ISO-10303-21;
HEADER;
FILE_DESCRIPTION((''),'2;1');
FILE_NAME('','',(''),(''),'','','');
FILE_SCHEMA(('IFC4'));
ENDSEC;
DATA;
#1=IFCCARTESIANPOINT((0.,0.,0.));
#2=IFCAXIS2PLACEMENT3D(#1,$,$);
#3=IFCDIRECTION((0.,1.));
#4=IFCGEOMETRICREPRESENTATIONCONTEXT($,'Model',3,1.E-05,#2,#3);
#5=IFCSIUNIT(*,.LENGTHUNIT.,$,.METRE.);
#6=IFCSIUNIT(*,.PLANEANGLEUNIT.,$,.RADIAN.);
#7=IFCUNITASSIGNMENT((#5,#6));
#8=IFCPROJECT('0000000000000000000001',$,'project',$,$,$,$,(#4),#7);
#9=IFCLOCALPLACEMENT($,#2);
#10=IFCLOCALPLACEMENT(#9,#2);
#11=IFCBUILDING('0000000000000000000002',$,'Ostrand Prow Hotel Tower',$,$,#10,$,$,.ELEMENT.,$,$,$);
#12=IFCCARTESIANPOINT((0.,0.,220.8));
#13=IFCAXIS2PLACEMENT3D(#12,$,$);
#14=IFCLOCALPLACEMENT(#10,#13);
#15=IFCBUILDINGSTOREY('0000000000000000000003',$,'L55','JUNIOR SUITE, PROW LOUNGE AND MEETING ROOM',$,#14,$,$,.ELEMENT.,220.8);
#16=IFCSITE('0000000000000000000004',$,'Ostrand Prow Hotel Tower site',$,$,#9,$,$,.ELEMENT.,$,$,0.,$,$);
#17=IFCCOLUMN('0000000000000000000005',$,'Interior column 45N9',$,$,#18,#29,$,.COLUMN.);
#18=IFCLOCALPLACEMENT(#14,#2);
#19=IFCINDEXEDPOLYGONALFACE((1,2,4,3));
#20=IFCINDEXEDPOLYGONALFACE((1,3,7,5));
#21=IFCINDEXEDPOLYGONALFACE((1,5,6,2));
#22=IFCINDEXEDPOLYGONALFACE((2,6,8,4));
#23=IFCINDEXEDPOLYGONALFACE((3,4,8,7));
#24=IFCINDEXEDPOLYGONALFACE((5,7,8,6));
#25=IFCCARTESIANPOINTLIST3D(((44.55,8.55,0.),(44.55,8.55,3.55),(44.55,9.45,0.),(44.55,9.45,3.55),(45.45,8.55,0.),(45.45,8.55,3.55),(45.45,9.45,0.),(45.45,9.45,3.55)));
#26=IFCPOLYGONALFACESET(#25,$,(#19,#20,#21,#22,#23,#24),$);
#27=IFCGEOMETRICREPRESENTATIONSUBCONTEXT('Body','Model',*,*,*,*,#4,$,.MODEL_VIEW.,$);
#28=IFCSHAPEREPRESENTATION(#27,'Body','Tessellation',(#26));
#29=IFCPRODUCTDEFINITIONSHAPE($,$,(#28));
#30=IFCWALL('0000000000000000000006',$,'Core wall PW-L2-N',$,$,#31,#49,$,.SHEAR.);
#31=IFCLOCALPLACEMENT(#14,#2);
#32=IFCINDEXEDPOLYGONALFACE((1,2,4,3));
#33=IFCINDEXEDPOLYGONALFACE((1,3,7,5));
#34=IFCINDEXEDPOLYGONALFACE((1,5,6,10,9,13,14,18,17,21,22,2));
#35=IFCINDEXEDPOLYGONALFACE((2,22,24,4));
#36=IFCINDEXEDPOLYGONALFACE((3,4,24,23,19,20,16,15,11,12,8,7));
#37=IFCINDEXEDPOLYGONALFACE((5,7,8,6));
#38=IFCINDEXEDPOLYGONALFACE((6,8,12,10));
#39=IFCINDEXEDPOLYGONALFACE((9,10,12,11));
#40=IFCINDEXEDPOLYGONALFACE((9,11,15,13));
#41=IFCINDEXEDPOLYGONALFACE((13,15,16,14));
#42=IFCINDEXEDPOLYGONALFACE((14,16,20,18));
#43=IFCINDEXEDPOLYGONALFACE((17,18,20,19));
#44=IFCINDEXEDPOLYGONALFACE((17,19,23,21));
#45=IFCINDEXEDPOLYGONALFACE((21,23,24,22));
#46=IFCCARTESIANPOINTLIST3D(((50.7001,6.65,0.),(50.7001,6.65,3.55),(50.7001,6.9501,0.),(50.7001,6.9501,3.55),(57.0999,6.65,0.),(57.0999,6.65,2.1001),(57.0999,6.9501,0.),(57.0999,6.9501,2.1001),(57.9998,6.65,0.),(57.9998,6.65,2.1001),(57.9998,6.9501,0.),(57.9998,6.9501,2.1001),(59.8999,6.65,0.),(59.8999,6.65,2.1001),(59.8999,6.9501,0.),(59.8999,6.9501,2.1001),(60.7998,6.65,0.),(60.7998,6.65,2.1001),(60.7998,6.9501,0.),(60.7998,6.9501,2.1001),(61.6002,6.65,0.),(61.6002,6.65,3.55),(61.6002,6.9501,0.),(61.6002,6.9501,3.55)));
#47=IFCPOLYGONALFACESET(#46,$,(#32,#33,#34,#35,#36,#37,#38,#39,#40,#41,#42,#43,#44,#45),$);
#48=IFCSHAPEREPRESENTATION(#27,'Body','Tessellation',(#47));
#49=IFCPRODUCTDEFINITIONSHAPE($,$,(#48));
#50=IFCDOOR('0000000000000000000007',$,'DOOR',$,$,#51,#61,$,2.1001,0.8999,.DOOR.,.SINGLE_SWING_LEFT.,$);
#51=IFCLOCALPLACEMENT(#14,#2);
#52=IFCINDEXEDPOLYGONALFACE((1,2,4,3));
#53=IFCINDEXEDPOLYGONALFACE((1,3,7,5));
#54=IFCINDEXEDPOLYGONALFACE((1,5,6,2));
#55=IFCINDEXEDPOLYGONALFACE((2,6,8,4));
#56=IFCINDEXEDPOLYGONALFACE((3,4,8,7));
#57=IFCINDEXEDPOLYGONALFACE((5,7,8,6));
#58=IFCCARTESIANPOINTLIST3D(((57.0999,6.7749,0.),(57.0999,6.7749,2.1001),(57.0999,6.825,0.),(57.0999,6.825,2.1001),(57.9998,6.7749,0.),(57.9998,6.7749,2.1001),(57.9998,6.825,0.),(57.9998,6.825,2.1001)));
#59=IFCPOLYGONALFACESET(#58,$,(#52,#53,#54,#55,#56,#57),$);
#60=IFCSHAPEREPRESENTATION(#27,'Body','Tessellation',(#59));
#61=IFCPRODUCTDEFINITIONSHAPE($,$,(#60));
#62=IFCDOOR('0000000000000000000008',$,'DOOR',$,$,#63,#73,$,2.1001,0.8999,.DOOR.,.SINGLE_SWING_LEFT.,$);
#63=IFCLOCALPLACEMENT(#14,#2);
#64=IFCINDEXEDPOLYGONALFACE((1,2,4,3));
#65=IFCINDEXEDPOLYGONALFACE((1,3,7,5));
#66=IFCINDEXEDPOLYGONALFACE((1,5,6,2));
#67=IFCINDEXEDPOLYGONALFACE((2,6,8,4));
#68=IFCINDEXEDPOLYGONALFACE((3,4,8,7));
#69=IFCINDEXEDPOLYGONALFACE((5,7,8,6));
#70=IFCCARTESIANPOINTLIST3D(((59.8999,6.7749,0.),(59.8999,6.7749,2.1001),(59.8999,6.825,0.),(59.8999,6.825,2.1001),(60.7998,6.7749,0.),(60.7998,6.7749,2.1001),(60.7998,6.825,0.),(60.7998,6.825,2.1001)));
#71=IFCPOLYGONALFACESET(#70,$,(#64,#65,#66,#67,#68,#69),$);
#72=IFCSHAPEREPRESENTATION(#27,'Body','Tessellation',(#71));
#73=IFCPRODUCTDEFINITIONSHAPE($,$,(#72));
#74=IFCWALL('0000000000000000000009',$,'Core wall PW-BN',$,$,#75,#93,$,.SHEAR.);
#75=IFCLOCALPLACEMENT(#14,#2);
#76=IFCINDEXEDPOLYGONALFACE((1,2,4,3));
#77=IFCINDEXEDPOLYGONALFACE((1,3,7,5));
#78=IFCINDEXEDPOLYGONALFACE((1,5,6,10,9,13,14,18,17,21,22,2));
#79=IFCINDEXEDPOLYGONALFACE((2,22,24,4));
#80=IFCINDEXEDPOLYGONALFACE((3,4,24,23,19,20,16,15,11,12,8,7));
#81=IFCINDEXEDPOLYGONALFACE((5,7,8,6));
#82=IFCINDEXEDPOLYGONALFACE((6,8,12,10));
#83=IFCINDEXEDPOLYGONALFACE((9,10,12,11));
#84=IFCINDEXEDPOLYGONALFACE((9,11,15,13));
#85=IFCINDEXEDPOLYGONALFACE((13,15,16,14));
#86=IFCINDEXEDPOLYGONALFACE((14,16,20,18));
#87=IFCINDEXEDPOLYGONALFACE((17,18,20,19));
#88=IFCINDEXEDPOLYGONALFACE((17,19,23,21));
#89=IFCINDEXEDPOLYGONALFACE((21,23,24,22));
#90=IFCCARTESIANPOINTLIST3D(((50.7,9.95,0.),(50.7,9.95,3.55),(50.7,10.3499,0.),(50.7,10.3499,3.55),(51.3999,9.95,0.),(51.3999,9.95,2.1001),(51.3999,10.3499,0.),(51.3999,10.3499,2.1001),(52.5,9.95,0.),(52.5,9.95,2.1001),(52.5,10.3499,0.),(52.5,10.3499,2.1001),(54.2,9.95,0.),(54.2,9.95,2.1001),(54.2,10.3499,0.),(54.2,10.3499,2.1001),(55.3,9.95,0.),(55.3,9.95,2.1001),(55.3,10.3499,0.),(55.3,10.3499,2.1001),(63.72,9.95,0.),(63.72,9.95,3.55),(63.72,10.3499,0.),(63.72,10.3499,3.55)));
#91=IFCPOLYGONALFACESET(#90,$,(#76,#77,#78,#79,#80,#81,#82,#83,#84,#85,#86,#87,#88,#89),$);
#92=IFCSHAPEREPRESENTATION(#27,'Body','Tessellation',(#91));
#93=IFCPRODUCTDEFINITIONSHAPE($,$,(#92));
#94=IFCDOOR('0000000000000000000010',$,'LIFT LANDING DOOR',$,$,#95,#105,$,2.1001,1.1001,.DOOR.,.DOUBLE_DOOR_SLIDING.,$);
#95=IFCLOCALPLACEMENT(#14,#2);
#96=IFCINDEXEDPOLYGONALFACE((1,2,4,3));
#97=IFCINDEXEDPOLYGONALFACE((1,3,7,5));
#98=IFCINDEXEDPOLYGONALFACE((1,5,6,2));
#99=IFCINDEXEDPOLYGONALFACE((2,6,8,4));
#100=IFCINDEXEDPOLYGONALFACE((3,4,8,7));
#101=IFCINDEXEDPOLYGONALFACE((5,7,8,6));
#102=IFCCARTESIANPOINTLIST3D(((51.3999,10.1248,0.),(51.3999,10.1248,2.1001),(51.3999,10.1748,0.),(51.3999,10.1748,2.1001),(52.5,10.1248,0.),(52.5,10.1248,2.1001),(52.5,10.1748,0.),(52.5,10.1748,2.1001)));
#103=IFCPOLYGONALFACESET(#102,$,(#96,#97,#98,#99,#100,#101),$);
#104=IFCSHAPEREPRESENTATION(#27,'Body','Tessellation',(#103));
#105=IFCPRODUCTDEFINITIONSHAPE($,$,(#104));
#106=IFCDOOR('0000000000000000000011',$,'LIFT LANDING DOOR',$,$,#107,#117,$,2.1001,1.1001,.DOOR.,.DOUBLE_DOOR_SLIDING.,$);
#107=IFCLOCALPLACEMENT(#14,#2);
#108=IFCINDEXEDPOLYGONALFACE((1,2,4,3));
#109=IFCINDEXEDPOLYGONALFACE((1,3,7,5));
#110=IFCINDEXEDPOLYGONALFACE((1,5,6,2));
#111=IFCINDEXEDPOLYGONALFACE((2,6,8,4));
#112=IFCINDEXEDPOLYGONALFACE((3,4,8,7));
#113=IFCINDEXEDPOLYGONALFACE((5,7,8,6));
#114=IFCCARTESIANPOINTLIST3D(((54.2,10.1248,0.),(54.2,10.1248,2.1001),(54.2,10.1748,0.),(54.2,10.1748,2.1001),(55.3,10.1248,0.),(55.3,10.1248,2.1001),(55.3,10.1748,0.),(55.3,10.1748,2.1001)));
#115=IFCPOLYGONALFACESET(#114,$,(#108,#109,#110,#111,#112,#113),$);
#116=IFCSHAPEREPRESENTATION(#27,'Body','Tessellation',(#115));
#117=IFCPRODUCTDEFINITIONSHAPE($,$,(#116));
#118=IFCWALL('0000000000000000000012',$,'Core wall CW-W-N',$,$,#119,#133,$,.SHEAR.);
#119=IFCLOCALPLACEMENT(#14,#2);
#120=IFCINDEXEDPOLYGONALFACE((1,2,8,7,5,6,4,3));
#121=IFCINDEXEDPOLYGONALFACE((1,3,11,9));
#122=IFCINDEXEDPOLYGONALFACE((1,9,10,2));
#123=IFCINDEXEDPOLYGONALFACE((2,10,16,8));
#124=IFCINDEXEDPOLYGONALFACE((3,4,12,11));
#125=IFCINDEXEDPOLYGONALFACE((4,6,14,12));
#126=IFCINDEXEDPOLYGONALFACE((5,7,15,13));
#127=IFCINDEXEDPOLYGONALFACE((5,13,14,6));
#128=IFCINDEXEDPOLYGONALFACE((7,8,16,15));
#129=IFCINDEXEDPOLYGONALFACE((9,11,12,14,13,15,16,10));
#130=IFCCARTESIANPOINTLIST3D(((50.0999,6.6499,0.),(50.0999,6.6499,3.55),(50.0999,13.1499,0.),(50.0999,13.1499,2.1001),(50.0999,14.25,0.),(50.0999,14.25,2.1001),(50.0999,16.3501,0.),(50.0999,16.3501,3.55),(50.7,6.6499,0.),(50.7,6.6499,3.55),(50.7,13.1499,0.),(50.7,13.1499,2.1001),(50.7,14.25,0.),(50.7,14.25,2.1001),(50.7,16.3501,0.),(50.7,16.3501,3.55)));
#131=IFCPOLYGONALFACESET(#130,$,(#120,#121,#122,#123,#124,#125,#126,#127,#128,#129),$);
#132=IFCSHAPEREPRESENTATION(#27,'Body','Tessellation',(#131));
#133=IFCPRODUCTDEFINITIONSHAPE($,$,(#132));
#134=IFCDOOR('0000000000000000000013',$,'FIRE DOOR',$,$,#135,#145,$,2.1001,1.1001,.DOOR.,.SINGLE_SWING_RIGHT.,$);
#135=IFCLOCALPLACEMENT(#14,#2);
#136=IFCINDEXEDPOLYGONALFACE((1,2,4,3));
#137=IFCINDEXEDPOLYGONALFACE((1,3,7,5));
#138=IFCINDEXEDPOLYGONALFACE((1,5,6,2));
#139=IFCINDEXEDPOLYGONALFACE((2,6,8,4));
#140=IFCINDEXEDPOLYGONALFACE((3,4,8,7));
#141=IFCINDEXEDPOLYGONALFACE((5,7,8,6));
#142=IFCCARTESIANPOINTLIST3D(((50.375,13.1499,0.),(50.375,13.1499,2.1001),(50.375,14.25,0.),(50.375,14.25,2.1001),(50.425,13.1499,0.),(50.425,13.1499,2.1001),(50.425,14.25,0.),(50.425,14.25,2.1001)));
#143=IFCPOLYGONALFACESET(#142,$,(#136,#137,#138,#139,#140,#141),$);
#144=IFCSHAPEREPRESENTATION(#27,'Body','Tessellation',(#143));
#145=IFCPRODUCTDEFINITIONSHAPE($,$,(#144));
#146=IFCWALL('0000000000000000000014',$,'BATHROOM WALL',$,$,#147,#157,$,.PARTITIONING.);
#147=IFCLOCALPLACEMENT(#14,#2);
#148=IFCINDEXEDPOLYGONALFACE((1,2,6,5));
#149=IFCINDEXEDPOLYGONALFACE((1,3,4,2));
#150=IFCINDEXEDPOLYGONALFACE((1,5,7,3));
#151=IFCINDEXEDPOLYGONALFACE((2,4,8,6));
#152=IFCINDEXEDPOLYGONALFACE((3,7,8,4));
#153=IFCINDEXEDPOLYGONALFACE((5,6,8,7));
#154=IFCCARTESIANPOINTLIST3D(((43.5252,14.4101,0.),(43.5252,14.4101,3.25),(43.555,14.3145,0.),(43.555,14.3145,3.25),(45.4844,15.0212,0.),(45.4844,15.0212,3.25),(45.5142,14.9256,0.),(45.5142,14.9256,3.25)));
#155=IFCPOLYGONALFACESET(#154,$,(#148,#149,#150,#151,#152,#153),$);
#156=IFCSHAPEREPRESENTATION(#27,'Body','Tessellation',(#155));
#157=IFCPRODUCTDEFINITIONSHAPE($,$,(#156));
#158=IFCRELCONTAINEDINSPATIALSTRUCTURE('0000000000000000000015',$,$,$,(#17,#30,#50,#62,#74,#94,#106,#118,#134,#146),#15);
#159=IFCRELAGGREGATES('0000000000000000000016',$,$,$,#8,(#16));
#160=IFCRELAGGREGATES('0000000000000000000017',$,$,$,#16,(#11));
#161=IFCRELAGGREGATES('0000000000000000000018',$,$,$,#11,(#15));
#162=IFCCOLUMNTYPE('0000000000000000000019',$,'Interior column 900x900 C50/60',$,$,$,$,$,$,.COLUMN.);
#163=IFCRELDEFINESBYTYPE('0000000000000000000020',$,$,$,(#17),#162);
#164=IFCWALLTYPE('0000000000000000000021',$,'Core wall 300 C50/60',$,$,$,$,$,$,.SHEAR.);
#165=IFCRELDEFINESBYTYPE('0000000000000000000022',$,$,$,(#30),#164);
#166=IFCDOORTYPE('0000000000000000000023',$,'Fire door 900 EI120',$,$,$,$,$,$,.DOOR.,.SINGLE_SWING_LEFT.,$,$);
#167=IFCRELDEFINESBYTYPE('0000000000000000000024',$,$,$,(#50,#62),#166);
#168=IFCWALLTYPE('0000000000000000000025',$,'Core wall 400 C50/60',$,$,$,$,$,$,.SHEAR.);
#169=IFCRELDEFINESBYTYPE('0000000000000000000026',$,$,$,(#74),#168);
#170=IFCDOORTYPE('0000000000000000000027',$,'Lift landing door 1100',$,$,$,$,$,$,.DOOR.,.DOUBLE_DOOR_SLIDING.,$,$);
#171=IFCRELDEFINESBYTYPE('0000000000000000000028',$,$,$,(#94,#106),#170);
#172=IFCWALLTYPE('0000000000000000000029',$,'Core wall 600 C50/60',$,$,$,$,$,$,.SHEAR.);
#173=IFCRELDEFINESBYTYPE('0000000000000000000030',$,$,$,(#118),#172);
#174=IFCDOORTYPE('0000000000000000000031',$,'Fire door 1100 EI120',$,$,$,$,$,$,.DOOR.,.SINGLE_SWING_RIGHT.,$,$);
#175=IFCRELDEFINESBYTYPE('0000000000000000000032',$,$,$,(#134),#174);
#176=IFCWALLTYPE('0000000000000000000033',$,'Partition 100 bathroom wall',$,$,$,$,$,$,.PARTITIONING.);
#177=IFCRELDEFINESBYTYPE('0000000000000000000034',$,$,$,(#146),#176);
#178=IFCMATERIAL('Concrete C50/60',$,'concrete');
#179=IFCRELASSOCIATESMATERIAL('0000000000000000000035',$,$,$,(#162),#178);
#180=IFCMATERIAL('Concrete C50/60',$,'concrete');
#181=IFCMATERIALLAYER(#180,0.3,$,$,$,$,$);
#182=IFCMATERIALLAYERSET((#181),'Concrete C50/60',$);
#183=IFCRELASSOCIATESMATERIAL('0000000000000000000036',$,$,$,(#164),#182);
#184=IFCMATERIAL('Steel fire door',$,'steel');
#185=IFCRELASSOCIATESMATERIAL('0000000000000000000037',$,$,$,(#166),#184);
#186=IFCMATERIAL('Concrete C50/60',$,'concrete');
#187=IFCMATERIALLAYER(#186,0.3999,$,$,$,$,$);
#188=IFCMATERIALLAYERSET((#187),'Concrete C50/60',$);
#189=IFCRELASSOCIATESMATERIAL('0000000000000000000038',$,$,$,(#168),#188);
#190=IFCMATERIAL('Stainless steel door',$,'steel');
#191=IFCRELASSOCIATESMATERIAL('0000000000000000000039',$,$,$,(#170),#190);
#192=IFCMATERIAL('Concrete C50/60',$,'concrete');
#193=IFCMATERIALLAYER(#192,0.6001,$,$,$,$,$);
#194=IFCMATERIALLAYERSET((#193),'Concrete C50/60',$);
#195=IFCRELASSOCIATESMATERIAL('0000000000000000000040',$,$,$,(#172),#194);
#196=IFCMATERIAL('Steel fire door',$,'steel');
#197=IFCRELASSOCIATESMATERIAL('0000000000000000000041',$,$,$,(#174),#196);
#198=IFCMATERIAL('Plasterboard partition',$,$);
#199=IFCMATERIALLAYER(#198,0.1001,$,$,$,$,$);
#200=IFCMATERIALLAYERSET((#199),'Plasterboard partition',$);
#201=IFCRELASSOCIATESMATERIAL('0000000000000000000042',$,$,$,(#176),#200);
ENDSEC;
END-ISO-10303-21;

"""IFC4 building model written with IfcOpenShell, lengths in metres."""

from ifc_helpers import new_model, si_unit, direction, frame, frame_2d, origin, origin_2d, place, context, subcontext, project, spatial, rectangle, extrude, material, layer, layer_set, material_profile, profile_set, type_object, element, fill, save


model = new_model("IFC4")

# Units and contexts
model_context = context("Model", 3, precision=1e-05, world=origin(), true_north=direction((0.0, 1.0)))
body_context = subcontext(model_context, "Body", "Model", "MODEL_VIEW")
ifc_project = project(units=[si_unit("LENGTHUNIT", "METRE"), si_unit("PLANEANGLEUNIT", "RADIAN")], contexts=[model_context])

# Site, building, storey
site_placement = place(None, origin())
site = spatial("IfcSite", under=ifc_project, at=site_placement, Name="Ostrand Prow Hotel Tower site", CompositionType="ELEMENT", RefElevation=0.0)
building_placement = place(site_placement, origin())
building = spatial("IfcBuilding", under=site, at=building_placement, Name="Ostrand Prow Hotel Tower", CompositionType="ELEMENT")
storey_placement = place(building_placement, frame((0.0, 0.0, 220.8)))
storey = spatial("IfcBuildingStorey", under=building, at=storey_placement, Name="L55", Description="JUNIOR SUITE, PROW LOUNGE AND MEETING ROOM", CompositionType="ELEMENT", Elevation=220.8)

# Column
ifc_material_1 = material(Name="Concrete C50/60", Category="concrete")
ifc_material_profile = material_profile(ifc_material_1, rectangle(XDim=0.8999, YDim=0.8999, at=origin_2d()), Name="RC 900x900")
ifc_profile_set = profile_set([ifc_material_profile], Name="Concrete C50/60")
column_type = type_object("IfcColumnType", Name="Interior column 900x900 C50/60", PredefinedType="COLUMN", material=ifc_profile_set)
column_placement = place(storey_placement, frame((45.0, 9.0, 0.0), z_axis=(0.0, 0.0, 1.0), x_axis=(1.0, 0.0, 0.0)))
element("IfcColumn", 1, at=column_placement, inside=storey, type_object=column_type, Name="Interior column 45N9", PredefinedType="COLUMN", context=body_context, shape_type="SweptSolid", body=[
    extrude(rectangle(XDim=0.8999, YDim=0.8999, at=origin_2d()), origin(), (0.0, 0.0, 1.0), 3.55),
])

# Walls, openings, doors
ifc_material_2 = material(Name="Concrete C50/60", Category="concrete")
ifc_layer_1 = layer(ifc_material_2, 0.3)
ifc_layer_set_1 = layer_set([ifc_layer_1], Name="Concrete C50/60")
wall_type_1 = type_object("IfcWallType", Name="Core wall 300 C50/60", PredefinedType="SHEAR", material=ifc_layer_set_1)
wall_1_placement = place(storey_placement, frame((50.7, 6.8, 0.0), z_axis=(0.0, 0.0, 1.0), x_axis=(1.0, 0.0, 0.0)))
wall_1 = element("IfcWall", 2, at=wall_1_placement, inside=storey, type_object=wall_type_1, Name="Core wall PW-L2-N", PredefinedType="SHEAR", context=body_context, shape_type="SweptSolid", body=[
    extrude(rectangle(XDim=10.9001, YDim=0.3, at=frame_2d((5.4502, 0.0))), origin(), (0.0, 0.0, 1.0), 3.55),
])
opening_1_placement = place(wall_1_placement, frame((6.3999, 0.0, 0.0)))
opening_1 = element("IfcOpeningElement", 3, at=opening_1_placement, cuts=wall_1, PredefinedType="OPENING", context=body_context, shape_type="SweptSolid", body=[
    extrude(rectangle(XDim=0.8999, YDim=2.1001, at=frame_2d((0.45, 1.05))), frame((0.0, 0.1599, 0.0), z_axis=(0.0, -1.0, 0.0), x_axis=(1.0, 0.0, 0.0)), (0.0, 0.0, 1.0), 0.3201),
])
opening_2_placement = place(wall_1_placement, frame((9.2, 0.0, 0.0)))
opening_2 = element("IfcOpeningElement", 4, at=opening_2_placement, cuts=wall_1, PredefinedType="OPENING", context=body_context, shape_type="SweptSolid", body=[
    extrude(rectangle(XDim=0.8999, YDim=2.1001, at=frame_2d((0.45, 1.05))), frame((0.0, 0.1599, 0.0), z_axis=(0.0, -1.0, 0.0), x_axis=(1.0, 0.0, 0.0)), (0.0, 0.0, 1.0), 0.3201),
])
ifc_material_3 = material(Name="Steel fire door", Category="steel")
door_type_1 = type_object("IfcDoorType", Name="Fire door 900 EI120", OperationType="SINGLE_SWING_LEFT", PredefinedType="DOOR", material=ifc_material_3)
door_1_placement = place(opening_1_placement, origin())
door_1 = element("IfcDoor", 5, at=door_1_placement, inside=storey, type_object=door_type_1, Name="DOOR", OperationType="SINGLE_SWING_LEFT", OverallHeight=2.1001, OverallWidth=0.8999, PredefinedType="DOOR", context=body_context, shape_type="SweptSolid", body=[
    extrude(rectangle(XDim=0.8999, YDim=2.1001, at=frame_2d((0.45, 1.05))), frame((0.0, 0.0249, 0.0), z_axis=(0.0, -1.0, 0.0), x_axis=(1.0, 0.0, 0.0)), (0.0, 0.0, 1.0), 0.05),
])
fill(opening_1, door_1)
door_2_placement = place(opening_2_placement, origin())
door_2 = element("IfcDoor", 6, at=door_2_placement, inside=storey, type_object=door_type_1, Name="DOOR", OperationType="SINGLE_SWING_LEFT", OverallHeight=2.1001, OverallWidth=0.8999, PredefinedType="DOOR", context=body_context, shape_type="SweptSolid", body=[
    extrude(rectangle(XDim=0.8999, YDim=2.1001, at=frame_2d((0.45, 1.05))), frame((0.0, 0.0249, 0.0), z_axis=(0.0, -1.0, 0.0), x_axis=(1.0, 0.0, 0.0)), (0.0, 0.0, 1.0), 0.05),
])
fill(opening_2, door_2)
ifc_material_4 = material(Name="Concrete C50/60", Category="concrete")
ifc_layer_2 = layer(ifc_material_4, 0.3999)
ifc_layer_set_2 = layer_set([ifc_layer_2], Name="Concrete C50/60")
wall_type_2 = type_object("IfcWallType", Name="Core wall 400 C50/60", PredefinedType="SHEAR", material=ifc_layer_set_2)
wall_2_placement = place(storey_placement, frame((50.7, 10.1499, 0.0), z_axis=(0.0, 0.0, 1.0), x_axis=(1.0, 0.0, 0.0)))
wall_2 = element("IfcWall", 7, at=wall_2_placement, inside=storey, type_object=wall_type_2, Name="Core wall PW-BN", PredefinedType="SHEAR", context=body_context, shape_type="SweptSolid", body=[
    extrude(rectangle(XDim=13.02, YDim=0.3999, at=frame_2d((6.51, 0.0))), origin(), (0.0, 0.0, 1.0), 3.55),
])
opening_3_placement = place(wall_2_placement, frame((0.7, 0.0, 0.0)))
opening_3 = element("IfcOpeningElement", 8, at=opening_3_placement, cuts=wall_2, PredefinedType="OPENING", context=body_context, shape_type="SweptSolid", body=[
    extrude(rectangle(XDim=1.1001, YDim=2.1001, at=frame_2d((0.55, 1.05))), frame((0.0, 0.21, 0.0), z_axis=(0.0, -1.0, 0.0), x_axis=(1.0, 0.0, 0.0)), (0.0, 0.0, 1.0), 0.4199),
])
opening_4_placement = place(wall_2_placement, frame((3.5, 0.0, 0.0)))
opening_4 = element("IfcOpeningElement", 9, at=opening_4_placement, cuts=wall_2, PredefinedType="OPENING", context=body_context, shape_type="SweptSolid", body=[
    extrude(rectangle(XDim=1.1001, YDim=2.1001, at=frame_2d((0.55, 1.05))), frame((0.0, 0.21, 0.0), z_axis=(0.0, -1.0, 0.0), x_axis=(1.0, 0.0, 0.0)), (0.0, 0.0, 1.0), 0.4199),
])
ifc_material_5 = material(Name="Stainless steel door", Category="steel")
door_type_2 = type_object("IfcDoorType", Name="Lift landing door 1100", OperationType="DOUBLE_DOOR_SLIDING", PredefinedType="DOOR", material=ifc_material_5)
door_3_placement = place(opening_3_placement, origin())
door_3 = element("IfcDoor", 10, at=door_3_placement, inside=storey, type_object=door_type_2, Name="LIFT LANDING DOOR", OperationType="DOUBLE_DOOR_SLIDING", OverallHeight=2.1001, OverallWidth=1.1001, PredefinedType="DOOR", context=body_context, shape_type="SweptSolid", body=[
    extrude(rectangle(XDim=1.1001, YDim=2.1001, at=frame_2d((0.55, 1.05))), frame((0.0, 0.0249, 0.0), z_axis=(0.0, -1.0, 0.0), x_axis=(1.0, 0.0, 0.0)), (0.0, 0.0, 1.0), 0.05),
])
fill(opening_3, door_3)
door_4_placement = place(opening_4_placement, origin())
door_4 = element("IfcDoor", 11, at=door_4_placement, inside=storey, type_object=door_type_2, Name="LIFT LANDING DOOR", OperationType="DOUBLE_DOOR_SLIDING", OverallHeight=2.1001, OverallWidth=1.1001, PredefinedType="DOOR", context=body_context, shape_type="SweptSolid", body=[
    extrude(rectangle(XDim=1.1001, YDim=2.1001, at=frame_2d((0.55, 1.05))), frame((0.0, 0.0249, 0.0), z_axis=(0.0, -1.0, 0.0), x_axis=(1.0, 0.0, 0.0)), (0.0, 0.0, 1.0), 0.05),
])
fill(opening_4, door_4)

# Wall, opening, door
ifc_material_6 = material(Name="Concrete C50/60", Category="concrete")
ifc_layer_3 = layer(ifc_material_6, 0.6001)
ifc_layer_set_3 = layer_set([ifc_layer_3], Name="Concrete C50/60")
wall_type_3 = type_object("IfcWallType", Name="Core wall 600 C50/60", PredefinedType="SHEAR", material=ifc_layer_set_3)
wall_3_placement = place(storey_placement, frame((50.3999, 6.6499, 0.0), z_axis=(0.0, 0.0, 1.0), x_axis=(0.0, 1.0, 0.0)))
wall_3 = element("IfcWall", 12, at=wall_3_placement, inside=storey, type_object=wall_type_3, Name="Core wall CW-W-N", PredefinedType="SHEAR", context=body_context, shape_type="SweptSolid", body=[
    extrude(rectangle(XDim=9.7002, YDim=0.6001, at=frame_2d((4.8501, 0.0))), origin(), (0.0, 0.0, 1.0), 3.55),
])
opening_5_placement = place(wall_3_placement, frame((6.5, 0.0, 0.0)))
opening_5 = element("IfcOpeningElement", 13, at=opening_5_placement, cuts=wall_3, PredefinedType="OPENING", context=body_context, shape_type="SweptSolid", body=[
    extrude(rectangle(XDim=1.1001, YDim=2.1001, at=frame_2d((0.55, 1.05))), frame((0.0, 0.3101, 0.0), z_axis=(0.0, -1.0, 0.0), x_axis=(1.0, 0.0, 0.0)), (0.0, 0.0, 1.0), 0.6201),
])
ifc_material_7 = material(Name="Steel fire door", Category="steel")
door_type_3 = type_object("IfcDoorType", Name="Fire door 1100 EI120", OperationType="SINGLE_SWING_RIGHT", PredefinedType="DOOR", material=ifc_material_7)
door_5_placement = place(opening_5_placement, origin())
door_5 = element("IfcDoor", 14, at=door_5_placement, inside=storey, type_object=door_type_3, Name="FIRE DOOR", OperationType="SINGLE_SWING_RIGHT", OverallHeight=2.1001, OverallWidth=1.1001, PredefinedType="DOOR", context=body_context, shape_type="SweptSolid", body=[
    extrude(rectangle(XDim=1.1001, YDim=2.1001, at=frame_2d((0.55, 1.05))), frame((0.0, 0.0249, 0.0), z_axis=(0.0, -1.0, 0.0), x_axis=(1.0, 0.0, 0.0)), (0.0, 0.0, 1.0), 0.05),
])
fill(opening_5, door_5)

# Wall
ifc_material_8 = material(Name="Plasterboard partition")
ifc_layer_4 = layer(ifc_material_8, 0.1001)
ifc_layer_set_4 = layer_set([ifc_layer_4], Name="Plasterboard partition")
wall_type_4 = type_object("IfcWallType", Name="Partition 100 bathroom wall", PredefinedType="PARTITIONING", material=ifc_layer_set_4)
wall_4_placement = place(storey_placement, frame((45.4993, 14.9734, 0.0), z_axis=(0.0, 0.0, 1.0), x_axis=(-0.954643, -0.297753, 0.0)))
element("IfcWall", 15, at=wall_4_placement, inside=storey, type_object=wall_type_4, Name="BATHROOM WALL", PredefinedType="PARTITIONING", context=body_context, shape_type="SweptSolid", body=[
    extrude(rectangle(XDim=2.0522, YDim=0.1001, at=frame_2d((1.0261, 0.0))), origin(), (0.0, 0.0, 1.0), 3.25),
])

save(model, "model.ifc")
